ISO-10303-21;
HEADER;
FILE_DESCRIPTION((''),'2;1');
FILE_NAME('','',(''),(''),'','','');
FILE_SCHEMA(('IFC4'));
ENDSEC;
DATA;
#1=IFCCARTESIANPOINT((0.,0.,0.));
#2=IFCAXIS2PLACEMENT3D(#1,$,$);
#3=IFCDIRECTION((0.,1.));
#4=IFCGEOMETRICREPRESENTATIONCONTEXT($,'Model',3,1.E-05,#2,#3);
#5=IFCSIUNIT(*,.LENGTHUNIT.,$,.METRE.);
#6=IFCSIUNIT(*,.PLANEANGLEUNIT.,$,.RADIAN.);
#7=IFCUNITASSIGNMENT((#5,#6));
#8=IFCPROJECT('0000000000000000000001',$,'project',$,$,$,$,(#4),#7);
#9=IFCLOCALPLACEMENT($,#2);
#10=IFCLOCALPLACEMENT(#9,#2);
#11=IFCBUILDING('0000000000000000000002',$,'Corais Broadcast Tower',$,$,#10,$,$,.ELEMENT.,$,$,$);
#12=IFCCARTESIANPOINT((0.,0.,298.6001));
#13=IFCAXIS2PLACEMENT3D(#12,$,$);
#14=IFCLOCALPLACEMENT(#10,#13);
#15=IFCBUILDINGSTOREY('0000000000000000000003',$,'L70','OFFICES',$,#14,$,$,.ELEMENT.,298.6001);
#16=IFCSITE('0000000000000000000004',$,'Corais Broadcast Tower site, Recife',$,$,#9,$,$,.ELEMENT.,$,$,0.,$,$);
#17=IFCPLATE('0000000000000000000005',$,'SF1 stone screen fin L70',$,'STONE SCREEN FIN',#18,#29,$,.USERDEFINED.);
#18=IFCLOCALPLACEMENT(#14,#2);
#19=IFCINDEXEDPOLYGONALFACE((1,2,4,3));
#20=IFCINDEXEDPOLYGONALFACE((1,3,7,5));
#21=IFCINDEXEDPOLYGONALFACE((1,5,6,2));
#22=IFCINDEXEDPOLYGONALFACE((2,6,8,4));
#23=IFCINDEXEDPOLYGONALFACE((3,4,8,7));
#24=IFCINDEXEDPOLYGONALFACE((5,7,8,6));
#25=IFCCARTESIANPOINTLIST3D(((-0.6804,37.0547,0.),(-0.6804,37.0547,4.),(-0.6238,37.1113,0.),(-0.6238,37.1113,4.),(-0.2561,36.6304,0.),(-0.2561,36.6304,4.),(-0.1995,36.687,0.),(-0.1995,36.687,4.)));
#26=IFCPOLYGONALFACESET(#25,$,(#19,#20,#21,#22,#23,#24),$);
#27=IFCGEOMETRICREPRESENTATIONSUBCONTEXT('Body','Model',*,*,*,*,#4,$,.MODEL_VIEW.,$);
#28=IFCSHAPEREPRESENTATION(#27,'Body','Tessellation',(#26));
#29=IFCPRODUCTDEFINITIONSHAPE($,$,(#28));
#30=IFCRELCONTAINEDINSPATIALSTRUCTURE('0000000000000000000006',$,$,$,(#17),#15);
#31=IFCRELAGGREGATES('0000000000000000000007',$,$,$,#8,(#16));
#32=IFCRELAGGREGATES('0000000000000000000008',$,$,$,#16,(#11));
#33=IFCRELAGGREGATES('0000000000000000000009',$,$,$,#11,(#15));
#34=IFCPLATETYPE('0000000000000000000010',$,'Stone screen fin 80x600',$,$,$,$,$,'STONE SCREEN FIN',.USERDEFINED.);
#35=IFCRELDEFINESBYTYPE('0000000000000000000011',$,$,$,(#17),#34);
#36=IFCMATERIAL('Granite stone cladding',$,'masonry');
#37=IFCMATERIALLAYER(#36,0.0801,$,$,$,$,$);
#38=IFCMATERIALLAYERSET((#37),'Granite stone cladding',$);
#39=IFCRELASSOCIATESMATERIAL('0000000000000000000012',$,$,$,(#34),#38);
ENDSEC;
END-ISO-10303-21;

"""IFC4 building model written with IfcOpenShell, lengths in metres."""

from ifc_helpers import new_model, si_unit, direction, frame, origin, origin_2d, place, context, subcontext, project, spatial, rectangle, extrude, material, layer, layer_set, type_object, element, save


model = new_model("IFC4")

# Units and contexts
model_context = context("Model", 3, precision=1e-05, world=origin(), true_north=direction((0.0, 1.0)))
body_context = subcontext(model_context, "Body", "Model", "MODEL_VIEW")
ifc_project = project(units=[si_unit("LENGTHUNIT", "METRE"), si_unit("PLANEANGLEUNIT", "RADIAN")], contexts=[model_context])

# Site, building, storey
site_placement = place(None, origin())
site = spatial("IfcSite", under=ifc_project, at=site_placement, Name="Corais Broadcast Tower site, Recife", CompositionType="ELEMENT", RefElevation=0.0)
building_placement = place(site_placement, origin())
building = spatial("IfcBuilding", under=site, at=building_placement, Name="Corais Broadcast Tower", CompositionType="ELEMENT")
storey_placement = place(building_placement, frame((0.0, 0.0, 298.6001)))
storey = spatial("IfcBuildingStorey", under=building, at=storey_placement, Name="L70", Description="OFFICES", CompositionType="ELEMENT", Elevation=298.6001)

# Plate
ifc_material_1 = material(Name="Granite stone cladding", Category="masonry")
ifc_layer_1 = layer(ifc_material_1, 0.0801)
ifc_layer_set_1 = layer_set([ifc_layer_1], Name="Granite stone cladding")
plate_type_1 = type_object("IfcPlateType", Name="Stone screen fin 80x600", ElementType="STONE SCREEN FIN", PredefinedType="USERDEFINED", material=ifc_layer_set_1)
plate_1_placement = place(storey_placement, frame((-0.4399, 36.8708, 0.0), z_axis=(0.0, 0.0, 1.0), x_axis=(0.707107, 0.707107, 0.0)))
element("IfcPlate", 1, at=plate_1_placement, inside=storey, type_object=plate_type_1, Name="SF1 stone screen fin L70", ObjectType="STONE SCREEN FIN", PredefinedType="USERDEFINED", context=body_context, shape_type="SweptSolid", body=[
    extrude(rectangle(XDim=0.0801, YDim=0.6001, at=origin_2d()), origin(), (0.0, 0.0, 1.0), 4.0),
])

save(model, "model.ifc")
